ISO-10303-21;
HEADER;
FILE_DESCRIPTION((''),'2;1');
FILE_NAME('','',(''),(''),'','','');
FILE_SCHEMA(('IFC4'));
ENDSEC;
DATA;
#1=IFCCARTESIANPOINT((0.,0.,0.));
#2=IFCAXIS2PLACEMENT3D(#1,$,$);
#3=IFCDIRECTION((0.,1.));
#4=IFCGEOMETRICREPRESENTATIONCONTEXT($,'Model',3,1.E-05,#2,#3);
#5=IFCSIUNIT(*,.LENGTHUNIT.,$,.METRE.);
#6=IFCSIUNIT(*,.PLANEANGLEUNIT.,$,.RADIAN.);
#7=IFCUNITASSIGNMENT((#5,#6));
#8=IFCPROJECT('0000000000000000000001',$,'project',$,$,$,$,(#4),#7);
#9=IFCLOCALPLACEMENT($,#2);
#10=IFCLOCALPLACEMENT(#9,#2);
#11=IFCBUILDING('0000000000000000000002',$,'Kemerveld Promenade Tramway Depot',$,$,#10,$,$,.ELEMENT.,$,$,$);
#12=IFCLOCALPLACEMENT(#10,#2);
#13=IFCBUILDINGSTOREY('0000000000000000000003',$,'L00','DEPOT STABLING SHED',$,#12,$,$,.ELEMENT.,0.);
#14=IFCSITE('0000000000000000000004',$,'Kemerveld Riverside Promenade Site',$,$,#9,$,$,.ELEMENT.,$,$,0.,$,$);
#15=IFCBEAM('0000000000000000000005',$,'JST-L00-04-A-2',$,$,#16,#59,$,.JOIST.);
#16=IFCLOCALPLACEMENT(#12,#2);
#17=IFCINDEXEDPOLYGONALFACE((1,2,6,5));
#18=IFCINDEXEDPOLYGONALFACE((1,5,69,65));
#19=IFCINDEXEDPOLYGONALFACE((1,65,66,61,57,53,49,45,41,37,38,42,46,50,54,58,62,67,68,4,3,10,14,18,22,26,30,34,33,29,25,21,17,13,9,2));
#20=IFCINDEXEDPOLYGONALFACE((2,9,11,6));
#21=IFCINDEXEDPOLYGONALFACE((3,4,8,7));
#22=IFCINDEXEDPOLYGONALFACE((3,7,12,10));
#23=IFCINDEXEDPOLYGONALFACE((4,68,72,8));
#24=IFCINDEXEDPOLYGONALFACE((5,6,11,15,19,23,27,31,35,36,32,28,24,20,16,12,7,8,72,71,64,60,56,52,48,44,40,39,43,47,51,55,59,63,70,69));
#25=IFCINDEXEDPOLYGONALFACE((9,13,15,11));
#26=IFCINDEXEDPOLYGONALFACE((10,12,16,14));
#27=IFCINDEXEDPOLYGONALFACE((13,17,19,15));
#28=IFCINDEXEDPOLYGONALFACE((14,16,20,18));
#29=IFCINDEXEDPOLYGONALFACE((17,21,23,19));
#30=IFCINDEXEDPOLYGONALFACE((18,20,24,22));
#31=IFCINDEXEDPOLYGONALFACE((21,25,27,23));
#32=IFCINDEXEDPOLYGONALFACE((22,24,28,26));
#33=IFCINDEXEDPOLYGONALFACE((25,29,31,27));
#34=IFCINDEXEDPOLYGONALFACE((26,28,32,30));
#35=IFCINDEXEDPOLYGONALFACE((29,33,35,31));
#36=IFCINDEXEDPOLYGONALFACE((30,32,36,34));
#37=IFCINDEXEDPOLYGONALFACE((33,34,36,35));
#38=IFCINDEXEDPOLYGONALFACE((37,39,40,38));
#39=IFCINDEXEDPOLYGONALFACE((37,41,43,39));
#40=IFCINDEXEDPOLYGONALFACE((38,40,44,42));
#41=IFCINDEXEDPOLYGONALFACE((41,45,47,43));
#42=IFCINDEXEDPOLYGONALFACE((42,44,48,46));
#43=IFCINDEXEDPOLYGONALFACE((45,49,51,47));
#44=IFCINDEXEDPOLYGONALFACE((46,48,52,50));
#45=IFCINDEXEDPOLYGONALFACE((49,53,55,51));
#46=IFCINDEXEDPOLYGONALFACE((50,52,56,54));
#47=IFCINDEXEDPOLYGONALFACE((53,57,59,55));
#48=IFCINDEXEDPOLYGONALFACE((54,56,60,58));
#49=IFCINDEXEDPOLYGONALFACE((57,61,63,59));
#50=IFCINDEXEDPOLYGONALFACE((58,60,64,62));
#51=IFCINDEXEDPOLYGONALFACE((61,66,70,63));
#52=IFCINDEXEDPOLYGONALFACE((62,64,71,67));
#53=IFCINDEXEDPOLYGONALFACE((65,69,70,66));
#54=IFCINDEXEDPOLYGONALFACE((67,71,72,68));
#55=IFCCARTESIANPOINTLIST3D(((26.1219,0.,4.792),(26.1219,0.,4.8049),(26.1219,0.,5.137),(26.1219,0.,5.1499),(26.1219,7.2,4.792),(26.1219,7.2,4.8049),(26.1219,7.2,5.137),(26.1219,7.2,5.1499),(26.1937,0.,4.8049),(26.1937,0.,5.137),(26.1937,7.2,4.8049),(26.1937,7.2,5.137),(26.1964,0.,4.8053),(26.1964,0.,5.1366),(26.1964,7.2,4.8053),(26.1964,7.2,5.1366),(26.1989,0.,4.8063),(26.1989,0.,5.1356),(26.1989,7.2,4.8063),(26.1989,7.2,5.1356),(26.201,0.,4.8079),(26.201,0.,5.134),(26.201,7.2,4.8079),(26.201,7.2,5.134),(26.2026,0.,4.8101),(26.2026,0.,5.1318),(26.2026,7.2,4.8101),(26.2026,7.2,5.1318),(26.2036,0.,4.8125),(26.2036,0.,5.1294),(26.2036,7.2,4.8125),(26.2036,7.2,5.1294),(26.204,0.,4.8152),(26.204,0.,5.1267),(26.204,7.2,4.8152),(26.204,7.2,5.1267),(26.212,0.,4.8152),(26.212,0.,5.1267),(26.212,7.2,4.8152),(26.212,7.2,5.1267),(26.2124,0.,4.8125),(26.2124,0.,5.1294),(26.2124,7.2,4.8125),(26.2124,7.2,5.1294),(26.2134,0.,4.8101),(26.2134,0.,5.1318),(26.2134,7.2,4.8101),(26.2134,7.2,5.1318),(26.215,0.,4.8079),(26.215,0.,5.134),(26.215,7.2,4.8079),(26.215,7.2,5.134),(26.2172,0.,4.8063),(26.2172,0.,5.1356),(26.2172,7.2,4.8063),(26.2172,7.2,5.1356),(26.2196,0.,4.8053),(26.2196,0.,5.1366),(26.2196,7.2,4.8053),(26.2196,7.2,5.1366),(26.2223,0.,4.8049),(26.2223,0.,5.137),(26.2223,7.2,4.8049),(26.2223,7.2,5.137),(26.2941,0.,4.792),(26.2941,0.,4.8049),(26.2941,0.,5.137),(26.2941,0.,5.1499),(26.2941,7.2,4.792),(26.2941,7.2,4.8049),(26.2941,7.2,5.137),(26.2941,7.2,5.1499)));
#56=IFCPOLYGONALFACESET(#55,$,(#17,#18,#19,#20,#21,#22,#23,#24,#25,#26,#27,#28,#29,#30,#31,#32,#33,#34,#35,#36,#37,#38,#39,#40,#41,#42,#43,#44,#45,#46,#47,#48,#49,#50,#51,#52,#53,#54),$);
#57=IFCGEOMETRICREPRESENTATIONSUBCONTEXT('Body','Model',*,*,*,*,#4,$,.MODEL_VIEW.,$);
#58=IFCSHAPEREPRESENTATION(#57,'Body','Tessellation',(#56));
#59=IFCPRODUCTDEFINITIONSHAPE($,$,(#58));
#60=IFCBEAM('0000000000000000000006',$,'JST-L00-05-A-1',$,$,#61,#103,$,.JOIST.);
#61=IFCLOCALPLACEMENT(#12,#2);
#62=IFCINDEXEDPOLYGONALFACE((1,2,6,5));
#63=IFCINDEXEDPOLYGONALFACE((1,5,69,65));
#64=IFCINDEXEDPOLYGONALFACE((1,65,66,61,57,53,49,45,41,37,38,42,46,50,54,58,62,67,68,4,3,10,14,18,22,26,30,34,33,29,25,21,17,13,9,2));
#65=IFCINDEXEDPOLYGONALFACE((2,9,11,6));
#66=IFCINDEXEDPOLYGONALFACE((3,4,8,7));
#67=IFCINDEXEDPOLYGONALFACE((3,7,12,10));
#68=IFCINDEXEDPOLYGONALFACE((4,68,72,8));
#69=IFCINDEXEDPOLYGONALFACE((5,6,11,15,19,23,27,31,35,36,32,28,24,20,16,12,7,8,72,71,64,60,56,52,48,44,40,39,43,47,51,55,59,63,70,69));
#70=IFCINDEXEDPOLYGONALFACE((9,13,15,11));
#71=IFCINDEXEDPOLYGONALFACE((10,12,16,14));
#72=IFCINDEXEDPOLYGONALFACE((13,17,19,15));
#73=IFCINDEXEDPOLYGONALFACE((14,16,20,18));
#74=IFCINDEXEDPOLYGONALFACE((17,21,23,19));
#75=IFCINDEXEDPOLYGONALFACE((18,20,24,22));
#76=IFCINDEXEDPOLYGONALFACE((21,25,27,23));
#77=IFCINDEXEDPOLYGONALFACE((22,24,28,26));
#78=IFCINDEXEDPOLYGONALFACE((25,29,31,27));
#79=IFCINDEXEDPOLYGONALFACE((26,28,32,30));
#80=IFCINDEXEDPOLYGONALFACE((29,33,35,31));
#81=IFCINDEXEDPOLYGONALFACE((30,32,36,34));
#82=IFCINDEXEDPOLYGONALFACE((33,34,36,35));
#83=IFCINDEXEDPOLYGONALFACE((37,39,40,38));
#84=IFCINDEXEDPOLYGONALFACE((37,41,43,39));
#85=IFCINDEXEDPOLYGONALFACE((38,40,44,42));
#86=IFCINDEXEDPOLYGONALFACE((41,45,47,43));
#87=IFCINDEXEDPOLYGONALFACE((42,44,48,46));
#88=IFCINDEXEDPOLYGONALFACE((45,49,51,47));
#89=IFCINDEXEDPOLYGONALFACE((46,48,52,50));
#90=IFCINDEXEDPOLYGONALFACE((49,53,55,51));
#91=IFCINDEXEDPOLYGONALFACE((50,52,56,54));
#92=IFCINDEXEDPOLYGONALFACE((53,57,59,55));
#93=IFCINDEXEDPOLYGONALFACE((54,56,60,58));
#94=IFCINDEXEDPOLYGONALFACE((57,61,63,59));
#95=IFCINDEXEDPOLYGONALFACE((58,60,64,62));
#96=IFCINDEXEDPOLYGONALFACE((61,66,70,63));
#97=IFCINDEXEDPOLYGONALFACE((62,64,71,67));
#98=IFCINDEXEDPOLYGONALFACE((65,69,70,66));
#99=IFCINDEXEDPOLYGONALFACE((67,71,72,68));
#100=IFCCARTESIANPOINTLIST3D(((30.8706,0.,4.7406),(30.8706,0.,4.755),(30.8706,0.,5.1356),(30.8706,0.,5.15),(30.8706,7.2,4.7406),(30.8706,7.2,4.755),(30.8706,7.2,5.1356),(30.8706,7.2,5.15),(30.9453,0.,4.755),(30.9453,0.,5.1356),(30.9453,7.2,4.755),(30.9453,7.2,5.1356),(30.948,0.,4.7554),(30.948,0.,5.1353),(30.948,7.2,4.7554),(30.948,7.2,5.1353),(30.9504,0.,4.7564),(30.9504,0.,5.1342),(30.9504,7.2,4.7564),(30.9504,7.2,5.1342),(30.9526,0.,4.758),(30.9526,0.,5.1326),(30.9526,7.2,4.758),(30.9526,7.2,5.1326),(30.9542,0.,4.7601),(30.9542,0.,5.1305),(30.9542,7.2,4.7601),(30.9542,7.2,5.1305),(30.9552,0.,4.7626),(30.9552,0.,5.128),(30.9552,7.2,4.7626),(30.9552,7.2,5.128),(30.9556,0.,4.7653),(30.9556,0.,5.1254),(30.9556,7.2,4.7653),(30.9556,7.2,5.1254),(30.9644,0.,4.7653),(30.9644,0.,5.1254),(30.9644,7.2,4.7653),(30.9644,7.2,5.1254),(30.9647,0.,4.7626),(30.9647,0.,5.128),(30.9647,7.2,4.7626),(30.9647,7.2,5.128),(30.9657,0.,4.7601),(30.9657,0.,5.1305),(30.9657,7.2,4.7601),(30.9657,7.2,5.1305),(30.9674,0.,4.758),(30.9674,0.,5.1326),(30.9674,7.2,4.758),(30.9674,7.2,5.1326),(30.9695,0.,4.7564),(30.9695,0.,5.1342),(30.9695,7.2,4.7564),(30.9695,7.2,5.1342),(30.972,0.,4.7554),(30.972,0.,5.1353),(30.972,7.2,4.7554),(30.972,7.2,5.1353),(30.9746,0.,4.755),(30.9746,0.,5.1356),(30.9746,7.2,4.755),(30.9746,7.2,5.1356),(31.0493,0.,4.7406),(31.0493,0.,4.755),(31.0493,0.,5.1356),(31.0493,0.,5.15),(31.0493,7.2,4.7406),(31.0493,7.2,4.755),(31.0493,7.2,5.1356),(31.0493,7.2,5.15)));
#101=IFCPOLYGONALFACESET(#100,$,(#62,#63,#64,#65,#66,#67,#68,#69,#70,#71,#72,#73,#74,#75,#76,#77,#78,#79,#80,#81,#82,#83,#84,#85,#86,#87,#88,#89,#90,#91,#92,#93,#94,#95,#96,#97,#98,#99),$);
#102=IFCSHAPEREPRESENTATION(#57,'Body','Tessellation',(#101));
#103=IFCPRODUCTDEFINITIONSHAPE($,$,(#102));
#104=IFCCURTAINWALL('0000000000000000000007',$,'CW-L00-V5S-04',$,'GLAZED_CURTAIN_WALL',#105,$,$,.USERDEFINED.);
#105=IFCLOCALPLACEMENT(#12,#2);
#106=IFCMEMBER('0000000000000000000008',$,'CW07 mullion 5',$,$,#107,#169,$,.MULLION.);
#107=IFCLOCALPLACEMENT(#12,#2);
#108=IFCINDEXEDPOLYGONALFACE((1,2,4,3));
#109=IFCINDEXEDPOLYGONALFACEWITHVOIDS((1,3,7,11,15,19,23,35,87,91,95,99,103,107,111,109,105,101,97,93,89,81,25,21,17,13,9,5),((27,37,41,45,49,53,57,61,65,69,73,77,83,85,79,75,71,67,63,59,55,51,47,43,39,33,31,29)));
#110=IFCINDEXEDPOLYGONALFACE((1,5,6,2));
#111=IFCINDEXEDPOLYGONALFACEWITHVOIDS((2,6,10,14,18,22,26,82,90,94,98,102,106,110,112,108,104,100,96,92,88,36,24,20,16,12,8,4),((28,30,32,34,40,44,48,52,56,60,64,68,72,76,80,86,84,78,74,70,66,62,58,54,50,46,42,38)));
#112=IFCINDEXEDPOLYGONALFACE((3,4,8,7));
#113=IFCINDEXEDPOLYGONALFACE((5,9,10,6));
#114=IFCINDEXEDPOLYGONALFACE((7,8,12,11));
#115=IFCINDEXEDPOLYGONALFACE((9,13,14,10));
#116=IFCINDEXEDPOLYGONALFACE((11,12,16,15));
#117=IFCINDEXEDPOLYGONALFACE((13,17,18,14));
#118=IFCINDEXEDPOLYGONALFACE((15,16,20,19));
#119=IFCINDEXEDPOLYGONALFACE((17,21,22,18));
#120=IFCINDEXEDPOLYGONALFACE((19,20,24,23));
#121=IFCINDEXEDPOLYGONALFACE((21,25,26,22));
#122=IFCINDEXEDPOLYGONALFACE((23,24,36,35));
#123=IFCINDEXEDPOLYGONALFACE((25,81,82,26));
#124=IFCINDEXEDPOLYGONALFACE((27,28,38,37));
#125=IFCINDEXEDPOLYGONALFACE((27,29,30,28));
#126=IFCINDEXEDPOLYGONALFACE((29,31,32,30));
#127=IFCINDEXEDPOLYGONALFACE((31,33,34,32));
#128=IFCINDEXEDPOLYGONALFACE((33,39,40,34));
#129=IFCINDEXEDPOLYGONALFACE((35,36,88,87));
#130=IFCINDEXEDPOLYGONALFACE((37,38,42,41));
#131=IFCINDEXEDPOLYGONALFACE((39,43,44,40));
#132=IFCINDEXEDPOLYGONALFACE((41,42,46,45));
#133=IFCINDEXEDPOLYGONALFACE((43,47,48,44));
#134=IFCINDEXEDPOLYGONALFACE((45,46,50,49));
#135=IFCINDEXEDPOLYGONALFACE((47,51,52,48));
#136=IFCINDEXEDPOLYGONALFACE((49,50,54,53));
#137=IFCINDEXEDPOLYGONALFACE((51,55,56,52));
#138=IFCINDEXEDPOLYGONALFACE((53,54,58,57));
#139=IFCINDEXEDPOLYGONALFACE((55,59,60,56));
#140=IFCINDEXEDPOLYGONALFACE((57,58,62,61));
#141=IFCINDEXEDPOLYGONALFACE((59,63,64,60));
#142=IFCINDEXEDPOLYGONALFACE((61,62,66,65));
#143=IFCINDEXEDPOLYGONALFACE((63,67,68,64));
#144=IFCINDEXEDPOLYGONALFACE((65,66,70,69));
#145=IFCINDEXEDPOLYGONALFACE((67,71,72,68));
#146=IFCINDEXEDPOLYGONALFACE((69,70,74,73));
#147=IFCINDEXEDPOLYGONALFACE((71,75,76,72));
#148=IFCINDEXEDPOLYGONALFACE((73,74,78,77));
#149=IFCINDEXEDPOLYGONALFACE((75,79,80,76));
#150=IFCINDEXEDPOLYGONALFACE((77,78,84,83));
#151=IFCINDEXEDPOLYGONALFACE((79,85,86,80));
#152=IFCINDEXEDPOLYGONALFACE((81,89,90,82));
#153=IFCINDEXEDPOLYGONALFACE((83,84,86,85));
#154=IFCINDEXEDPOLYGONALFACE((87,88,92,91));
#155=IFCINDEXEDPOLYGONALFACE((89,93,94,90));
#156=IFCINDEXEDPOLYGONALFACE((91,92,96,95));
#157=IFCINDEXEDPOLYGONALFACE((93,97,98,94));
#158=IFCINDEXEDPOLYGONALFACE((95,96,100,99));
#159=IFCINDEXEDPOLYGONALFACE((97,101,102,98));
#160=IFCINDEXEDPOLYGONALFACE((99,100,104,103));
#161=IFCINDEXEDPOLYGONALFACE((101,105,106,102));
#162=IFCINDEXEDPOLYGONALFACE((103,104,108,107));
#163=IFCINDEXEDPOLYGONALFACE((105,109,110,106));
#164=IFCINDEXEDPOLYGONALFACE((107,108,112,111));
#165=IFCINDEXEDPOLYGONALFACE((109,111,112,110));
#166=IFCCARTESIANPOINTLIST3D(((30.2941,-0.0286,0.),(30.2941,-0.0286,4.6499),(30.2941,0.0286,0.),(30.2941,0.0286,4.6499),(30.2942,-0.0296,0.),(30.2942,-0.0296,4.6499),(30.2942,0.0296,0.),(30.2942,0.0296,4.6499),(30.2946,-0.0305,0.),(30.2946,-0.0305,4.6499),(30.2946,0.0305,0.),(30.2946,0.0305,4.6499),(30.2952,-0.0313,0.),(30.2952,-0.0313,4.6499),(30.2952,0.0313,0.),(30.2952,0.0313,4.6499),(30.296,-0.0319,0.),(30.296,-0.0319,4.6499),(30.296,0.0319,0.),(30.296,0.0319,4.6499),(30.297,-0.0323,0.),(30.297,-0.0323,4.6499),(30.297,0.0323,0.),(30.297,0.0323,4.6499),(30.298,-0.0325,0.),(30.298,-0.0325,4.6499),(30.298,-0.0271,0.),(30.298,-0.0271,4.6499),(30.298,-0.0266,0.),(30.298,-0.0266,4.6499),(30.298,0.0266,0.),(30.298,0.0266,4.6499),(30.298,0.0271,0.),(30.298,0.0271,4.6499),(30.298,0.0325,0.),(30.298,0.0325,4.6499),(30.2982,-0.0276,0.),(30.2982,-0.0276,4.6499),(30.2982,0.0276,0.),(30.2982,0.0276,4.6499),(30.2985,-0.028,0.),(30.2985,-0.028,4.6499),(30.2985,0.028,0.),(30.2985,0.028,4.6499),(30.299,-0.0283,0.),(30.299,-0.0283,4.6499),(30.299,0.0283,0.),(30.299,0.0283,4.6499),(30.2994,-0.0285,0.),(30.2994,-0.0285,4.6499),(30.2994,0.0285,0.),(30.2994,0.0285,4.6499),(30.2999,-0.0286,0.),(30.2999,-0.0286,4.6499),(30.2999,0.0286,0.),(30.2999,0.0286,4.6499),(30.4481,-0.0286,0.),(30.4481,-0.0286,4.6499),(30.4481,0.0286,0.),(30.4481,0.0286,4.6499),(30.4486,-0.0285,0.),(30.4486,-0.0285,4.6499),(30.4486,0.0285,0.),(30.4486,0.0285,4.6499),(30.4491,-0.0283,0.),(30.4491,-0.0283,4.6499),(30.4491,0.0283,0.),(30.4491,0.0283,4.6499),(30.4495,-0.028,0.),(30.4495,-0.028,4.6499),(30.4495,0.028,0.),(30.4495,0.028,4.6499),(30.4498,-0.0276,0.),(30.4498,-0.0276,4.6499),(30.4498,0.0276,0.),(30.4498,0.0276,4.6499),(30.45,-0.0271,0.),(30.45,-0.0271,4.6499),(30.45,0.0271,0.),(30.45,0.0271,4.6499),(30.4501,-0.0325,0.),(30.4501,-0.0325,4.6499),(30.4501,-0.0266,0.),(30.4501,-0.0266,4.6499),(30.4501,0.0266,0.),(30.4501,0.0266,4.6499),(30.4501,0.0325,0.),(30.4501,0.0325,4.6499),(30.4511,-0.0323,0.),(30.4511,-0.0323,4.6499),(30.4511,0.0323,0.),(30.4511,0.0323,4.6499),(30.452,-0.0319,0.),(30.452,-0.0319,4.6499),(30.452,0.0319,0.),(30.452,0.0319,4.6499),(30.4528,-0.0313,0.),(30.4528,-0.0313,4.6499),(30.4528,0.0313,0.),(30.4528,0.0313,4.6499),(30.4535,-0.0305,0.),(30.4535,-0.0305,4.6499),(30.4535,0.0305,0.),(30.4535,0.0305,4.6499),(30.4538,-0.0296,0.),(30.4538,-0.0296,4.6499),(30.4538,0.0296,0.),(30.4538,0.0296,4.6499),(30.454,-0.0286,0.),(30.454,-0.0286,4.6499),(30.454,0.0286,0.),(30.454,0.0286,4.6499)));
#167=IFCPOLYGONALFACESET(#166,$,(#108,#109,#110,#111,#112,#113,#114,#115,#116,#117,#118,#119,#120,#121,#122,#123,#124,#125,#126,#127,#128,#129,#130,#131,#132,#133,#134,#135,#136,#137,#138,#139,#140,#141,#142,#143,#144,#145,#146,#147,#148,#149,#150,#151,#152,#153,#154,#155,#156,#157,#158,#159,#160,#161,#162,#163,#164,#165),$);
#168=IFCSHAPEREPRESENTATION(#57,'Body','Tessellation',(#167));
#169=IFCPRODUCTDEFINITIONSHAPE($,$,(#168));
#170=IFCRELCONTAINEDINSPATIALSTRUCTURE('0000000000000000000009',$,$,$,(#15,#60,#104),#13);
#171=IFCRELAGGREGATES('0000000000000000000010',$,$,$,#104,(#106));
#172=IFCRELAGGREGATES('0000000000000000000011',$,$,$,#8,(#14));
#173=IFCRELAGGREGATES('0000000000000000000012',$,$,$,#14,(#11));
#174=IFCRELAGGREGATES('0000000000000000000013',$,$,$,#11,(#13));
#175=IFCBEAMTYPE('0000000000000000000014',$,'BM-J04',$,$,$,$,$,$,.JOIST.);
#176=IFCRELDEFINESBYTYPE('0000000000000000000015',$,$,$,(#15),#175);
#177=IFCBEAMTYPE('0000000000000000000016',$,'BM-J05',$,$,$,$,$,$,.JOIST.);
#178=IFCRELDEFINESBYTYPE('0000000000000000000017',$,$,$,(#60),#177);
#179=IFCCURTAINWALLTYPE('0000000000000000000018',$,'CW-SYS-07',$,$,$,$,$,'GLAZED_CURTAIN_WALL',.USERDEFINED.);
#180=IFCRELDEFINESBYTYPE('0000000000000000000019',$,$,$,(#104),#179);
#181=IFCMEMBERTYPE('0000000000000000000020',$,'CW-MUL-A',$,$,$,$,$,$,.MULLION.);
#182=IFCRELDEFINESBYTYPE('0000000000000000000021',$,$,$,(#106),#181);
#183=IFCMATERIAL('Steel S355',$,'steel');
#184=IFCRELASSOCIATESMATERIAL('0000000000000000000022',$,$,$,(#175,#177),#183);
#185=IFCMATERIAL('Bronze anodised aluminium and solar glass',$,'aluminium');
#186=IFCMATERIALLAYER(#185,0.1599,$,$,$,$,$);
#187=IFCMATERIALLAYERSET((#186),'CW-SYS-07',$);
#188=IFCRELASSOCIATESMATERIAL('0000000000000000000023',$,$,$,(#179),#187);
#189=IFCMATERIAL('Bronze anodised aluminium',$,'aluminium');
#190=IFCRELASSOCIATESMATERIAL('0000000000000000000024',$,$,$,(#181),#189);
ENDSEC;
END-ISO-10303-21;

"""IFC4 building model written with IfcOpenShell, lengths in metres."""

from ifc_helpers import new_model, si_unit, direction, frame, origin, origin_2d, place, context, subcontext, project, spatial, hollow_rectangle, i_section, extrude, material, layer, layer_set, material_profile, profile_set, type_object, element, aggregate, save


model = new_model("IFC4")

# Units and contexts
model_context = context("Model", 3, precision=1e-05, world=origin(), true_north=direction((0.0, 1.0)))
body_context = subcontext(model_context, "Body", "Model", "MODEL_VIEW")
ifc_project = project(units=[si_unit("LENGTHUNIT", "METRE"), si_unit("PLANEANGLEUNIT", "RADIAN")], contexts=[model_context])

# Site, building, storey
site_placement = place(None, origin())
site = spatial("IfcSite", under=ifc_project, at=site_placement, Name="Kemerveld Riverside Promenade Site", CompositionType="ELEMENT", RefElevation=0.0)
building_placement = place(site_placement, origin())
building = spatial("IfcBuilding", under=site, at=building_placement, Name="Kemerveld Promenade Tramway Depot", CompositionType="ELEMENT")
storey_placement = place(building_placement, origin())
storey = spatial("IfcBuildingStorey", under=building, at=storey_placement, Name="L00", Description="DEPOT STABLING SHED", CompositionType="ELEMENT", Elevation=0.0)

# Shared definitions
ifc_material_1 = material(Name="Steel S355", Category="steel")

# Beams
ifc_material_profile_1 = material_profile(ifc_material_1, i_section(OverallWidth=0.1721, OverallDepth=0.3579, WebThickness=0.0081, FlangeThickness=0.0129, FilletRadius=0.0103, at=origin_2d()), Name="356x171x57 UB")
ifc_profile_set_1 = profile_set([ifc_material_profile_1], Name="Steel S355")
beam_type_1 = type_object("IfcBeamType", Name="BM-J04", PredefinedType="JOIST", material=ifc_profile_set_1)
for number, where, z_axis, x_axis, name in (
    (1, (26.208, 0.0, 4.9709), (0.0, 1.0, 0.0), (-1.0, 0.0, 0.0), "JST-L00-04-A-2"),
):
    element("IfcBeam", number, at=place(storey_placement, frame(where, z_axis=z_axis, x_axis=x_axis)), inside=storey, type_object=beam_type_1, Name=name, PredefinedType="JOIST", context=body_context, shape_type="SweptSolid", body=[
        extrude(i_section(OverallWidth=0.1721, OverallDepth=0.3579, WebThickness=0.0081, FlangeThickness=0.0129, FilletRadius=0.0103, at=origin_2d()), origin(), (0.0, 0.0, 1.0), 7.2),
    ])
ifc_material_profile_2 = material_profile(ifc_material_1, i_section(OverallWidth=0.1787, OverallDepth=0.4094, WebThickness=0.0088, FlangeThickness=0.0144, FilletRadius=0.0103, at=origin_2d()), Name="406x178x67 UB")
ifc_profile_set_2 = profile_set([ifc_material_profile_2], Name="Steel S355")
beam_type_2 = type_object("IfcBeamType", Name="BM-J05", PredefinedType="JOIST", material=ifc_profile_set_2)
beam_1_placement = place(storey_placement, frame((30.96, 0.0, 4.9453), z_axis=(0.0, 1.0, 0.0), x_axis=(-1.0, 0.0, 0.0)))
element("IfcBeam", 2, at=beam_1_placement, inside=storey, type_object=beam_type_2, Name="JST-L00-05-A-1", PredefinedType="JOIST", context=body_context, shape_type="SweptSolid", body=[
    extrude(i_section(OverallWidth=0.1787, OverallDepth=0.4094, WebThickness=0.0088, FlangeThickness=0.0144, FilletRadius=0.0103, at=origin_2d()), origin(), (0.0, 0.0, 1.0), 7.2),
])

# Curtain wall, member
ifc_material_2 = material(Name="Bronze anodised aluminium and solar glass", Category="aluminium")
ifc_layer_1 = layer(ifc_material_2, 0.1599)
ifc_layer_set_1 = layer_set([ifc_layer_1], Name="CW-SYS-07")
curtain_wall_type_1 = type_object("IfcCurtainWallType", Name="CW-SYS-07", ElementType="GLAZED_CURTAIN_WALL", PredefinedType="USERDEFINED", material=ifc_layer_set_1)
curtain_wall_1_placement = place(storey_placement, origin())
curtain_wall_1 = element("IfcCurtainWall", 3, at=curtain_wall_1_placement, inside=storey, type_object=curtain_wall_type_1, Name="CW-L00-V5S-04", ObjectType="GLAZED_CURTAIN_WALL", PredefinedType="USERDEFINED")
ifc_material_3 = material(Name="Bronze anodised aluminium", Category="aluminium")
ifc_material_profile_3 = material_profile(ifc_material_3, hollow_rectangle(XDim=0.0649, YDim=0.1599, WallThickness=0.0039, InnerFilletRadius=0.002, OuterFilletRadius=0.0039, at=origin_2d()), Name="CW-MUL-160x65")
ifc_profile_set_3 = profile_set([ifc_material_profile_3], Name="Bronze anodised aluminium")
member_type_1 = type_object("IfcMemberType", Name="CW-MUL-A", PredefinedType="MULLION", material=ifc_profile_set_3)
member_1_placement = place(storey_placement, frame((30.374, 0.0, 0.0), z_axis=(0.0, 0.0, 1.0), x_axis=(0.0, -1.0, 0.0)))
member_1 = element("IfcMember", 4, at=member_1_placement, type_object=member_type_1, Name="CW07 mullion 5", PredefinedType="MULLION", context=body_context, shape_type="SweptSolid", body=[
    extrude(hollow_rectangle(XDim=0.0649, YDim=0.1599, WallThickness=0.0039, InnerFilletRadius=0.002, OuterFilletRadius=0.0039, at=origin_2d()), origin(), (0.0, 0.0, 1.0), 4.6499),
])

aggregate(curtain_wall_1, [member_1])

save(model, "model.ifc")
